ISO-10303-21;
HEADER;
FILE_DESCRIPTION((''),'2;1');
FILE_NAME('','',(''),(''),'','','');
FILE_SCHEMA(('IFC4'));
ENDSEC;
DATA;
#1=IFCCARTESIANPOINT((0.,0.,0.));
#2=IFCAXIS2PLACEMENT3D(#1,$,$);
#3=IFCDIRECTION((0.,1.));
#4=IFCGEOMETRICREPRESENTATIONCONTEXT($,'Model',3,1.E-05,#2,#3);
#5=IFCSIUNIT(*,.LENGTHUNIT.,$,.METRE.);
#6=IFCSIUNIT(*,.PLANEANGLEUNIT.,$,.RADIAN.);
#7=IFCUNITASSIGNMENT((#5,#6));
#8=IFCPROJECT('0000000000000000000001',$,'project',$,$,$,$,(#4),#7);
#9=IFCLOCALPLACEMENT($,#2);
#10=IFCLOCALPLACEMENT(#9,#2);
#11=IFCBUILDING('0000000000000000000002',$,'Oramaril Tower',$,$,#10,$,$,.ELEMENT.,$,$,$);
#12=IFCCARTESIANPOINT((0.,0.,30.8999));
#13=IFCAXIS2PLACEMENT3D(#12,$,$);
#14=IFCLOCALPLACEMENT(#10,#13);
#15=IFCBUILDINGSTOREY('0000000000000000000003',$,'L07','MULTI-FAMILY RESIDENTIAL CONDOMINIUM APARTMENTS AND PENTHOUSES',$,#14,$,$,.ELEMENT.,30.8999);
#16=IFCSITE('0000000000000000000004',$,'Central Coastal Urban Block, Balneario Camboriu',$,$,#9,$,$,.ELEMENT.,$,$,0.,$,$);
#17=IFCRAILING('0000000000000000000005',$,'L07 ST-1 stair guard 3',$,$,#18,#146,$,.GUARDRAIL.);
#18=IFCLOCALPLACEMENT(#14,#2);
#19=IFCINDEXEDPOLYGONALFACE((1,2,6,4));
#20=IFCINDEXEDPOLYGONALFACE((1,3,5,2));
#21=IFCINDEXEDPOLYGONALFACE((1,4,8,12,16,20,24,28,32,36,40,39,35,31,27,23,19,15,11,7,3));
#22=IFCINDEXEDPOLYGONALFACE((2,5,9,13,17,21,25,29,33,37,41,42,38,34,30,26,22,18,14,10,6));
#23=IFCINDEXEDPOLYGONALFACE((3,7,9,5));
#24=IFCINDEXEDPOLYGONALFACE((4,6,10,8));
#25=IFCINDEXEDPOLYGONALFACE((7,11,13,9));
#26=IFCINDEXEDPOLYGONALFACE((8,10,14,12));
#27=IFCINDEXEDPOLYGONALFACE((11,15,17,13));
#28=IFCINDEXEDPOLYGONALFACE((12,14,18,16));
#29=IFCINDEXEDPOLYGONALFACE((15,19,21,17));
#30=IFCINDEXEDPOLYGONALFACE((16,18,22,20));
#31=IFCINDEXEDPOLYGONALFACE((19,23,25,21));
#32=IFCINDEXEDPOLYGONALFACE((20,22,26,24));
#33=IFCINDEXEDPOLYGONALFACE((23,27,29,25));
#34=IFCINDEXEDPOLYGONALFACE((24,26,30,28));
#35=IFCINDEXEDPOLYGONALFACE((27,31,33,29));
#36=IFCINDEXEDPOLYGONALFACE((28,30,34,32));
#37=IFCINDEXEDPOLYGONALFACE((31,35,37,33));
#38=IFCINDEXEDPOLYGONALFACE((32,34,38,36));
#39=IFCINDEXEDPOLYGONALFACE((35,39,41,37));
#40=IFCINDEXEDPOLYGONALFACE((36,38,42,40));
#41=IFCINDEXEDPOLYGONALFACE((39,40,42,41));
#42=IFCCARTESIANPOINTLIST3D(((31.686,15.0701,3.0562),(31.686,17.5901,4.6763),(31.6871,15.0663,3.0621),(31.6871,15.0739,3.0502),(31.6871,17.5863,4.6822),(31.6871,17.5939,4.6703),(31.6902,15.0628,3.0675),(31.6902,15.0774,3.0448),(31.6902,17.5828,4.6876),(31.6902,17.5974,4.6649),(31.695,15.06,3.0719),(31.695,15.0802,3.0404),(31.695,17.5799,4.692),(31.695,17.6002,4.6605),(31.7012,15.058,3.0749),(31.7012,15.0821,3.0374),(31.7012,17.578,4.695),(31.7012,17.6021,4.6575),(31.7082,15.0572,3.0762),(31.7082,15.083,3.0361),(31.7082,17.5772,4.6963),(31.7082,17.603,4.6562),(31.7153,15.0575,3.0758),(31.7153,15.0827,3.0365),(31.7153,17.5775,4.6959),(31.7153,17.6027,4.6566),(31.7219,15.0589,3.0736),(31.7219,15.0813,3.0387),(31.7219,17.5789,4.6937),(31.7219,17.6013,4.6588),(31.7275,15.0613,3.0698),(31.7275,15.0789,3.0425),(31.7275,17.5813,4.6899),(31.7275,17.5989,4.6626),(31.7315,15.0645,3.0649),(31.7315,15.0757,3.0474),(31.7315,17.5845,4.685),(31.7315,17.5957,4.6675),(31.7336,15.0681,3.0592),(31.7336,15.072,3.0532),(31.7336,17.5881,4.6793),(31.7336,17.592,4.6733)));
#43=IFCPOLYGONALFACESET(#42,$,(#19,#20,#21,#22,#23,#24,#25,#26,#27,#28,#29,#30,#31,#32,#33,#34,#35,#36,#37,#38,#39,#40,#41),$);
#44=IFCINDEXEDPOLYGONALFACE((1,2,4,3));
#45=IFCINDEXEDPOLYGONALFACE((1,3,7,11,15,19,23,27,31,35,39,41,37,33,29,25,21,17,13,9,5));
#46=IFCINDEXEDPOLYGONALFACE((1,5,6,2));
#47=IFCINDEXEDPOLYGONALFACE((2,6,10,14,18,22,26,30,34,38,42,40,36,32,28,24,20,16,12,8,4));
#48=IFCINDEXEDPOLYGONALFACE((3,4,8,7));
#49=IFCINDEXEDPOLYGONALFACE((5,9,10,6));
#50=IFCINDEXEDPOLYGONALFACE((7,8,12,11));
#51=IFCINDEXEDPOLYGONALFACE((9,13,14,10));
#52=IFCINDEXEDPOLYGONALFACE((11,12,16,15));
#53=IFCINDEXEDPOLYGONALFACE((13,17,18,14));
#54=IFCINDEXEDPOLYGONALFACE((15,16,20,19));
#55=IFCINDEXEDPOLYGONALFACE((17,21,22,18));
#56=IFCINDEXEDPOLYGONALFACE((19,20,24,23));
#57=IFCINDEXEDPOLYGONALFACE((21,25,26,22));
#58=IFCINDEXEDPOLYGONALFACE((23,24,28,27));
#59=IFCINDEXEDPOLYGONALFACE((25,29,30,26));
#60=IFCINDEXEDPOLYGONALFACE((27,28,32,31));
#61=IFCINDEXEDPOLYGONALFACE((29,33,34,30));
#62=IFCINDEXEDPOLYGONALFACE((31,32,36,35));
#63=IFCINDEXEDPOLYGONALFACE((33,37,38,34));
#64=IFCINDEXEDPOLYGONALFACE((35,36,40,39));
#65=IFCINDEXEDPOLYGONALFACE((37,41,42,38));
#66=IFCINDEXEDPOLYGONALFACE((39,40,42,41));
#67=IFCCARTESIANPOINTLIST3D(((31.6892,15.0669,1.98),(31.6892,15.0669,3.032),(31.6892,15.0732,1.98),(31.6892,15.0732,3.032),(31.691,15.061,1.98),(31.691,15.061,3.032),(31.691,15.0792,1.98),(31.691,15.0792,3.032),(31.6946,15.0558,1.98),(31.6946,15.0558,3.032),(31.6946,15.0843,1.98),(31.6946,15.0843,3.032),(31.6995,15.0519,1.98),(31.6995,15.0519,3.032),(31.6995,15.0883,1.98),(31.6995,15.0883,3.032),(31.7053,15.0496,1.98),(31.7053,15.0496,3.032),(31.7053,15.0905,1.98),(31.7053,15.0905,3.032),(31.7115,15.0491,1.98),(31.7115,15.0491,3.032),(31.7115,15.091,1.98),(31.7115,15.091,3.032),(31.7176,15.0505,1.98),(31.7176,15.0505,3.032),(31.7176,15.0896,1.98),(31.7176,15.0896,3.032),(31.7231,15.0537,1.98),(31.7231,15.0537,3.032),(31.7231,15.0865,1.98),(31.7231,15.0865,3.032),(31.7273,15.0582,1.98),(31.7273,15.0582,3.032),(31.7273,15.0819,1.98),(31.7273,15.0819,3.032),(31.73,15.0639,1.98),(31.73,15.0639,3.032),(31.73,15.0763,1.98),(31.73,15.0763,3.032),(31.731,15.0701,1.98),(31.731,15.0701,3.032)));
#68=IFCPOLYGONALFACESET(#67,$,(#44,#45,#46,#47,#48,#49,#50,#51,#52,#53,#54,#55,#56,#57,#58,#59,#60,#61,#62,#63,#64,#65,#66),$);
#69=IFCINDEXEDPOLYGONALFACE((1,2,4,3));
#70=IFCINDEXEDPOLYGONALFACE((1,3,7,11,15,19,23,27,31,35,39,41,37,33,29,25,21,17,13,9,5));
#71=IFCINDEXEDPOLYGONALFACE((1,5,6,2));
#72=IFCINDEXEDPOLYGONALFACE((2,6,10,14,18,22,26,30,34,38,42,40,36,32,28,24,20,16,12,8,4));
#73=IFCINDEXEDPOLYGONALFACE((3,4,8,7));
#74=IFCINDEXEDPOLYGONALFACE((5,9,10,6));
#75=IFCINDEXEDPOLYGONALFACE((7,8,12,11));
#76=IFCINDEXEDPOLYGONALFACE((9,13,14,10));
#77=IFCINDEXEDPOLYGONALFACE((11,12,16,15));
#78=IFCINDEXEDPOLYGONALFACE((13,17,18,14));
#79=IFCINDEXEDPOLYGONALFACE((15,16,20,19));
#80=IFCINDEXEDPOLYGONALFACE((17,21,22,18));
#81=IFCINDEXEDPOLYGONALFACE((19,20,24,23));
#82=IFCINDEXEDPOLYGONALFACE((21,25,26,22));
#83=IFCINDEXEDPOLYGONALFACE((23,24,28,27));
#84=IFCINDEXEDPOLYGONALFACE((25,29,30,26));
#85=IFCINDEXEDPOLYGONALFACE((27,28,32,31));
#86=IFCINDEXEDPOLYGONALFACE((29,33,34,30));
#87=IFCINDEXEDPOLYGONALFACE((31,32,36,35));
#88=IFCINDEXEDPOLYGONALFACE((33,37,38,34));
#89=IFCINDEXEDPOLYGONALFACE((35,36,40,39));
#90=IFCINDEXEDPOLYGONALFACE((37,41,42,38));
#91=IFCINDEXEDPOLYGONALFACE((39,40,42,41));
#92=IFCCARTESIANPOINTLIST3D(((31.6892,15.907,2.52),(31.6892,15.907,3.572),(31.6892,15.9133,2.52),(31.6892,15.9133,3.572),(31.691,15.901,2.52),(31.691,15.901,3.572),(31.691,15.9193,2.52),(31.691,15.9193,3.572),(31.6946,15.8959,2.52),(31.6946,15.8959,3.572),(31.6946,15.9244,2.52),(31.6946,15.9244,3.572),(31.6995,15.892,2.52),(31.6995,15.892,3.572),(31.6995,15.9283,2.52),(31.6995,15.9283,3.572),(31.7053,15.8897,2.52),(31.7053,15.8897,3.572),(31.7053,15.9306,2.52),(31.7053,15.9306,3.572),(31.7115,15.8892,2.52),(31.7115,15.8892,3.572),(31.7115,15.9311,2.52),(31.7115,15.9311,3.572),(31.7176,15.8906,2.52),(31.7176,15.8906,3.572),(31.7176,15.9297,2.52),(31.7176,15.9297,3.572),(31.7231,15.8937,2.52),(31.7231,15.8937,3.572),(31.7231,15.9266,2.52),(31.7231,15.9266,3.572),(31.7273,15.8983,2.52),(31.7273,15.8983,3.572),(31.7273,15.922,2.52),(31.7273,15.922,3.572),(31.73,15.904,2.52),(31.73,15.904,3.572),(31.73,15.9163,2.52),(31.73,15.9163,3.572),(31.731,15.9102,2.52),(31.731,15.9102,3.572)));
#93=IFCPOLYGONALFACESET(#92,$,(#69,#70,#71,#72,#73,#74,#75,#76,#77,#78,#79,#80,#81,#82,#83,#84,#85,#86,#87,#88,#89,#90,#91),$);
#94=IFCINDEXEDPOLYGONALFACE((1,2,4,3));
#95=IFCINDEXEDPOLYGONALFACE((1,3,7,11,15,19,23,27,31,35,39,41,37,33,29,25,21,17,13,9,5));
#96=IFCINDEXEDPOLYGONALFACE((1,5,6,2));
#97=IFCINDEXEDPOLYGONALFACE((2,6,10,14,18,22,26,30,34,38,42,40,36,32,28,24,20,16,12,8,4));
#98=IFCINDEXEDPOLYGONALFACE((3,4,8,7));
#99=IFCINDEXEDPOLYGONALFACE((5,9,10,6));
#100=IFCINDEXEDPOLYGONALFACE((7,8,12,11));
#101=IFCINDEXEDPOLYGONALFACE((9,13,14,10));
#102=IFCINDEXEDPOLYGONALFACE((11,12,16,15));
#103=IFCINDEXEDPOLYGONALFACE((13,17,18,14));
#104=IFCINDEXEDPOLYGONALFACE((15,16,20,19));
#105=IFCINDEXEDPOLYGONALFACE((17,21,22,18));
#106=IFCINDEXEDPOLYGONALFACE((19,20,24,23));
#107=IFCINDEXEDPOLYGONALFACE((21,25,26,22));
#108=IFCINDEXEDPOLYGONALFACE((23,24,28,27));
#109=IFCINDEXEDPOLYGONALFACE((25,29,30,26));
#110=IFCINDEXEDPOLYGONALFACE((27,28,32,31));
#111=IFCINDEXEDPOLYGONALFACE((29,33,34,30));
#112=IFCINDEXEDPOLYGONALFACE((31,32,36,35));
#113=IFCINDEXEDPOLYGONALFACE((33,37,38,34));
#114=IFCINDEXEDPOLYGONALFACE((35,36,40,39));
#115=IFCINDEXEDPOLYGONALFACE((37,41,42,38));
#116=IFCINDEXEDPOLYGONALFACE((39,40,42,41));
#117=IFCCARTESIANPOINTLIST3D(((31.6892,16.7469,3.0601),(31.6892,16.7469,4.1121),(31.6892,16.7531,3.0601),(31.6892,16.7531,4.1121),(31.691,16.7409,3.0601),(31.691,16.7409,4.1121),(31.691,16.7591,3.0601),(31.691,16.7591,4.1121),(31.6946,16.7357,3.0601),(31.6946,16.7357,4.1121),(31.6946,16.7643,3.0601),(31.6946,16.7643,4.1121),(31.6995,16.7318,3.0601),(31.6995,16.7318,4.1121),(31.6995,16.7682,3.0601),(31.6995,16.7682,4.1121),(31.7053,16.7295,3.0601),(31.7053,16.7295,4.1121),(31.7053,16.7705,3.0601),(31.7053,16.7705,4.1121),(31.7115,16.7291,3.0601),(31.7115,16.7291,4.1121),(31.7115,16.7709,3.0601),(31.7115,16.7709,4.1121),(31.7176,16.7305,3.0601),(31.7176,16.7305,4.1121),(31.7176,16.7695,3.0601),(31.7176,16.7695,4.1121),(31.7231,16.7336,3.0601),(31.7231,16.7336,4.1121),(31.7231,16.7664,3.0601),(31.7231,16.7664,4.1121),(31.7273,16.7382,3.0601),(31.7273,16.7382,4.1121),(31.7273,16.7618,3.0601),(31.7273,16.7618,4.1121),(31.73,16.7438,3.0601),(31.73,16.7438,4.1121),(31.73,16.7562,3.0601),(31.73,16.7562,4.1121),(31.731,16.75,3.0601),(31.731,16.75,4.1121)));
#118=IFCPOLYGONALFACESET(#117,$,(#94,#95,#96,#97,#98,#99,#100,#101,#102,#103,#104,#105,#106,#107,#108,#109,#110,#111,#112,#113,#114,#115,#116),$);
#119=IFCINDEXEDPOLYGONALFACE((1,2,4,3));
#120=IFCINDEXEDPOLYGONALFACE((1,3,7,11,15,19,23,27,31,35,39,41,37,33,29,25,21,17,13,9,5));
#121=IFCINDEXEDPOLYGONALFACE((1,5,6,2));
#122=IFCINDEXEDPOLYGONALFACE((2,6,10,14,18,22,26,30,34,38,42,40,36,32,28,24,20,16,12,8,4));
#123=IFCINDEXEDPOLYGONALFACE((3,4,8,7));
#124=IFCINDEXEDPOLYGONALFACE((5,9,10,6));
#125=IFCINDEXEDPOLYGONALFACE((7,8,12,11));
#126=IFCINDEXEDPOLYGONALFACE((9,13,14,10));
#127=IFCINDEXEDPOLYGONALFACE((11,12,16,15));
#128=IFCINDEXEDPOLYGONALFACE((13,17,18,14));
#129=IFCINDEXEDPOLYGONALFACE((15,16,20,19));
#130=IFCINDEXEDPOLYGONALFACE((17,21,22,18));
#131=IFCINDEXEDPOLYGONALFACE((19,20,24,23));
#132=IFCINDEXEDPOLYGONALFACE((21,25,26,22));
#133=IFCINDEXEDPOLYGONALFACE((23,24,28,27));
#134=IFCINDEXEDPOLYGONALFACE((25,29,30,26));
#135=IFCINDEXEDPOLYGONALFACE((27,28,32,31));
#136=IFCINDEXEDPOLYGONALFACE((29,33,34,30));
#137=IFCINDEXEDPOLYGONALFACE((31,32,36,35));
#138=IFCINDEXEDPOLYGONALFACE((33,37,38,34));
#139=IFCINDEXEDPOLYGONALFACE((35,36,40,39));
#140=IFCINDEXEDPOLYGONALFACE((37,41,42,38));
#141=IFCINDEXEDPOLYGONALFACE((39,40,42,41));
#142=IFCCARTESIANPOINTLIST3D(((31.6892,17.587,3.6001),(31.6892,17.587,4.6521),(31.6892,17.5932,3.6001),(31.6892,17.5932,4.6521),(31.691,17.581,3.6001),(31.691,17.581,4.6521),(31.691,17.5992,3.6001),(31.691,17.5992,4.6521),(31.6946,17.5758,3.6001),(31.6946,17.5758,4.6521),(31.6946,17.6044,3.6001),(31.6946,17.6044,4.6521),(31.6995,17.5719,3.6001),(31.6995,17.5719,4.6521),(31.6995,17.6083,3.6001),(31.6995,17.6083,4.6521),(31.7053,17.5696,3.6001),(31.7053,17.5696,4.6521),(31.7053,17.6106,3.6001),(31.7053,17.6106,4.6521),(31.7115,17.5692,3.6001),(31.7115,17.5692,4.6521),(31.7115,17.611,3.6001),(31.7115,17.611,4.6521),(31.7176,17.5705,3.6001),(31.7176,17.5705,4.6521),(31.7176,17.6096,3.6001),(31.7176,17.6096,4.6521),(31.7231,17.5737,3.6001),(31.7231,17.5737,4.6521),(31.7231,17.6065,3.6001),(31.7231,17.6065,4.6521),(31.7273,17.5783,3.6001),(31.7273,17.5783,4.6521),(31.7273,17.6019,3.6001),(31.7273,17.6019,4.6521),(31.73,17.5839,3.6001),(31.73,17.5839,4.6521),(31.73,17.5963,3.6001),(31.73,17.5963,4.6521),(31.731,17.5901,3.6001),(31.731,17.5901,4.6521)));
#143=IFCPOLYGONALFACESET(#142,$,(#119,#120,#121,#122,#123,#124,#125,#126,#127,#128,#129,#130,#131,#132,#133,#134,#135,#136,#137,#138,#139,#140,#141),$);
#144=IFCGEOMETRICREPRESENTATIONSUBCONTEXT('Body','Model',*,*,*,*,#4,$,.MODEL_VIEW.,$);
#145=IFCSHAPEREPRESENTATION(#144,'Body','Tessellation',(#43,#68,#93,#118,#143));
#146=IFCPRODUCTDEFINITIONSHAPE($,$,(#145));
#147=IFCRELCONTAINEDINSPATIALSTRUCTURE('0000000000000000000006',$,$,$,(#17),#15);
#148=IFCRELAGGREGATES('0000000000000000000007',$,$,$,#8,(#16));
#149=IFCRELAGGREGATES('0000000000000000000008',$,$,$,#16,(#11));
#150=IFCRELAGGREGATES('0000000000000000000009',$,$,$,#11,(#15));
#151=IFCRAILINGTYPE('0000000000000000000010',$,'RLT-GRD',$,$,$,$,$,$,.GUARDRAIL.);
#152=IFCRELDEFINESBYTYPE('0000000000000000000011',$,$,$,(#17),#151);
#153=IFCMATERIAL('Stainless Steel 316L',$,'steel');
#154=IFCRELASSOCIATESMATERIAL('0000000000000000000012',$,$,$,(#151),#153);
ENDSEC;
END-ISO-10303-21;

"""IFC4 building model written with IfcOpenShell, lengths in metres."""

from ifc_helpers import new_model, si_unit, direction, frame, origin, origin_2d, place, context, subcontext, project, spatial, circle, extrude, material, type_object, element, save


model = new_model("IFC4")

# Units and contexts
model_context = context("Model", 3, precision=1e-05, world=origin(), true_north=direction((0.0, 1.0)))
body_context = subcontext(model_context, "Body", "Model", "MODEL_VIEW")
ifc_project = project(units=[si_unit("LENGTHUNIT", "METRE"), si_unit("PLANEANGLEUNIT", "RADIAN")], contexts=[model_context])

# Site, building, storey
site_placement = place(None, origin())
site = spatial("IfcSite", under=ifc_project, at=site_placement, Name="Central Coastal Urban Block, Balneario Camboriu", CompositionType="ELEMENT", RefElevation=0.0)
building_placement = place(site_placement, origin())
building = spatial("IfcBuilding", under=site, at=building_placement, Name="Oramaril Tower", CompositionType="ELEMENT")
storey_placement = place(building_placement, frame((0.0, 0.0, 30.8999)))
storey = spatial("IfcBuildingStorey", under=building, at=storey_placement, Name="L07", Description="MULTI-FAMILY RESIDENTIAL CONDOMINIUM APARTMENTS AND PENTHOUSES", CompositionType="ELEMENT", Elevation=30.8999)

# Railing
ifc_material_1 = material(Name="Stainless Steel 316L", Category="steel")
railing_type_1 = type_object("IfcRailingType", Name="RLT-GRD", PredefinedType="GUARDRAIL", material=ifc_material_1)
railing_1_placement = place(storey_placement, frame((31.71, 15.0701, 1.98)))
element("IfcRailing", 1, at=railing_1_placement, inside=storey, type_object=railing_type_1, Name="L07 ST-1 stair guard 3", PredefinedType="GUARDRAIL", context=body_context, shape_type="SweptSolid", body=[
    extrude(circle(Radius=0.0239, at=origin_2d()), frame((0.0, 0.0, 1.0762), z_axis=(0.0, 0.841163, 0.540782), x_axis=(-1.0, 0.0, 0.0)), (0.0, 0.0, 1.0), 2.9958),
    extrude(circle(Radius=0.021, at=origin_2d()), origin(), (0.0, 0.0, 1.0), 1.052),
    extrude(circle(Radius=0.021, at=origin_2d()), frame((0.0, 0.8401, 0.54)), (0.0, 0.0, 1.0), 1.052),
    extrude(circle(Radius=0.021, at=origin_2d()), frame((0.0, 1.6799, 1.0801)), (0.0, 0.0, 1.0), 1.052),
    extrude(circle(Radius=0.021, at=origin_2d()), frame((0.0, 2.52, 1.6201)), (0.0, 0.0, 1.0), 1.052),
])

save(model, "model.ifc")
